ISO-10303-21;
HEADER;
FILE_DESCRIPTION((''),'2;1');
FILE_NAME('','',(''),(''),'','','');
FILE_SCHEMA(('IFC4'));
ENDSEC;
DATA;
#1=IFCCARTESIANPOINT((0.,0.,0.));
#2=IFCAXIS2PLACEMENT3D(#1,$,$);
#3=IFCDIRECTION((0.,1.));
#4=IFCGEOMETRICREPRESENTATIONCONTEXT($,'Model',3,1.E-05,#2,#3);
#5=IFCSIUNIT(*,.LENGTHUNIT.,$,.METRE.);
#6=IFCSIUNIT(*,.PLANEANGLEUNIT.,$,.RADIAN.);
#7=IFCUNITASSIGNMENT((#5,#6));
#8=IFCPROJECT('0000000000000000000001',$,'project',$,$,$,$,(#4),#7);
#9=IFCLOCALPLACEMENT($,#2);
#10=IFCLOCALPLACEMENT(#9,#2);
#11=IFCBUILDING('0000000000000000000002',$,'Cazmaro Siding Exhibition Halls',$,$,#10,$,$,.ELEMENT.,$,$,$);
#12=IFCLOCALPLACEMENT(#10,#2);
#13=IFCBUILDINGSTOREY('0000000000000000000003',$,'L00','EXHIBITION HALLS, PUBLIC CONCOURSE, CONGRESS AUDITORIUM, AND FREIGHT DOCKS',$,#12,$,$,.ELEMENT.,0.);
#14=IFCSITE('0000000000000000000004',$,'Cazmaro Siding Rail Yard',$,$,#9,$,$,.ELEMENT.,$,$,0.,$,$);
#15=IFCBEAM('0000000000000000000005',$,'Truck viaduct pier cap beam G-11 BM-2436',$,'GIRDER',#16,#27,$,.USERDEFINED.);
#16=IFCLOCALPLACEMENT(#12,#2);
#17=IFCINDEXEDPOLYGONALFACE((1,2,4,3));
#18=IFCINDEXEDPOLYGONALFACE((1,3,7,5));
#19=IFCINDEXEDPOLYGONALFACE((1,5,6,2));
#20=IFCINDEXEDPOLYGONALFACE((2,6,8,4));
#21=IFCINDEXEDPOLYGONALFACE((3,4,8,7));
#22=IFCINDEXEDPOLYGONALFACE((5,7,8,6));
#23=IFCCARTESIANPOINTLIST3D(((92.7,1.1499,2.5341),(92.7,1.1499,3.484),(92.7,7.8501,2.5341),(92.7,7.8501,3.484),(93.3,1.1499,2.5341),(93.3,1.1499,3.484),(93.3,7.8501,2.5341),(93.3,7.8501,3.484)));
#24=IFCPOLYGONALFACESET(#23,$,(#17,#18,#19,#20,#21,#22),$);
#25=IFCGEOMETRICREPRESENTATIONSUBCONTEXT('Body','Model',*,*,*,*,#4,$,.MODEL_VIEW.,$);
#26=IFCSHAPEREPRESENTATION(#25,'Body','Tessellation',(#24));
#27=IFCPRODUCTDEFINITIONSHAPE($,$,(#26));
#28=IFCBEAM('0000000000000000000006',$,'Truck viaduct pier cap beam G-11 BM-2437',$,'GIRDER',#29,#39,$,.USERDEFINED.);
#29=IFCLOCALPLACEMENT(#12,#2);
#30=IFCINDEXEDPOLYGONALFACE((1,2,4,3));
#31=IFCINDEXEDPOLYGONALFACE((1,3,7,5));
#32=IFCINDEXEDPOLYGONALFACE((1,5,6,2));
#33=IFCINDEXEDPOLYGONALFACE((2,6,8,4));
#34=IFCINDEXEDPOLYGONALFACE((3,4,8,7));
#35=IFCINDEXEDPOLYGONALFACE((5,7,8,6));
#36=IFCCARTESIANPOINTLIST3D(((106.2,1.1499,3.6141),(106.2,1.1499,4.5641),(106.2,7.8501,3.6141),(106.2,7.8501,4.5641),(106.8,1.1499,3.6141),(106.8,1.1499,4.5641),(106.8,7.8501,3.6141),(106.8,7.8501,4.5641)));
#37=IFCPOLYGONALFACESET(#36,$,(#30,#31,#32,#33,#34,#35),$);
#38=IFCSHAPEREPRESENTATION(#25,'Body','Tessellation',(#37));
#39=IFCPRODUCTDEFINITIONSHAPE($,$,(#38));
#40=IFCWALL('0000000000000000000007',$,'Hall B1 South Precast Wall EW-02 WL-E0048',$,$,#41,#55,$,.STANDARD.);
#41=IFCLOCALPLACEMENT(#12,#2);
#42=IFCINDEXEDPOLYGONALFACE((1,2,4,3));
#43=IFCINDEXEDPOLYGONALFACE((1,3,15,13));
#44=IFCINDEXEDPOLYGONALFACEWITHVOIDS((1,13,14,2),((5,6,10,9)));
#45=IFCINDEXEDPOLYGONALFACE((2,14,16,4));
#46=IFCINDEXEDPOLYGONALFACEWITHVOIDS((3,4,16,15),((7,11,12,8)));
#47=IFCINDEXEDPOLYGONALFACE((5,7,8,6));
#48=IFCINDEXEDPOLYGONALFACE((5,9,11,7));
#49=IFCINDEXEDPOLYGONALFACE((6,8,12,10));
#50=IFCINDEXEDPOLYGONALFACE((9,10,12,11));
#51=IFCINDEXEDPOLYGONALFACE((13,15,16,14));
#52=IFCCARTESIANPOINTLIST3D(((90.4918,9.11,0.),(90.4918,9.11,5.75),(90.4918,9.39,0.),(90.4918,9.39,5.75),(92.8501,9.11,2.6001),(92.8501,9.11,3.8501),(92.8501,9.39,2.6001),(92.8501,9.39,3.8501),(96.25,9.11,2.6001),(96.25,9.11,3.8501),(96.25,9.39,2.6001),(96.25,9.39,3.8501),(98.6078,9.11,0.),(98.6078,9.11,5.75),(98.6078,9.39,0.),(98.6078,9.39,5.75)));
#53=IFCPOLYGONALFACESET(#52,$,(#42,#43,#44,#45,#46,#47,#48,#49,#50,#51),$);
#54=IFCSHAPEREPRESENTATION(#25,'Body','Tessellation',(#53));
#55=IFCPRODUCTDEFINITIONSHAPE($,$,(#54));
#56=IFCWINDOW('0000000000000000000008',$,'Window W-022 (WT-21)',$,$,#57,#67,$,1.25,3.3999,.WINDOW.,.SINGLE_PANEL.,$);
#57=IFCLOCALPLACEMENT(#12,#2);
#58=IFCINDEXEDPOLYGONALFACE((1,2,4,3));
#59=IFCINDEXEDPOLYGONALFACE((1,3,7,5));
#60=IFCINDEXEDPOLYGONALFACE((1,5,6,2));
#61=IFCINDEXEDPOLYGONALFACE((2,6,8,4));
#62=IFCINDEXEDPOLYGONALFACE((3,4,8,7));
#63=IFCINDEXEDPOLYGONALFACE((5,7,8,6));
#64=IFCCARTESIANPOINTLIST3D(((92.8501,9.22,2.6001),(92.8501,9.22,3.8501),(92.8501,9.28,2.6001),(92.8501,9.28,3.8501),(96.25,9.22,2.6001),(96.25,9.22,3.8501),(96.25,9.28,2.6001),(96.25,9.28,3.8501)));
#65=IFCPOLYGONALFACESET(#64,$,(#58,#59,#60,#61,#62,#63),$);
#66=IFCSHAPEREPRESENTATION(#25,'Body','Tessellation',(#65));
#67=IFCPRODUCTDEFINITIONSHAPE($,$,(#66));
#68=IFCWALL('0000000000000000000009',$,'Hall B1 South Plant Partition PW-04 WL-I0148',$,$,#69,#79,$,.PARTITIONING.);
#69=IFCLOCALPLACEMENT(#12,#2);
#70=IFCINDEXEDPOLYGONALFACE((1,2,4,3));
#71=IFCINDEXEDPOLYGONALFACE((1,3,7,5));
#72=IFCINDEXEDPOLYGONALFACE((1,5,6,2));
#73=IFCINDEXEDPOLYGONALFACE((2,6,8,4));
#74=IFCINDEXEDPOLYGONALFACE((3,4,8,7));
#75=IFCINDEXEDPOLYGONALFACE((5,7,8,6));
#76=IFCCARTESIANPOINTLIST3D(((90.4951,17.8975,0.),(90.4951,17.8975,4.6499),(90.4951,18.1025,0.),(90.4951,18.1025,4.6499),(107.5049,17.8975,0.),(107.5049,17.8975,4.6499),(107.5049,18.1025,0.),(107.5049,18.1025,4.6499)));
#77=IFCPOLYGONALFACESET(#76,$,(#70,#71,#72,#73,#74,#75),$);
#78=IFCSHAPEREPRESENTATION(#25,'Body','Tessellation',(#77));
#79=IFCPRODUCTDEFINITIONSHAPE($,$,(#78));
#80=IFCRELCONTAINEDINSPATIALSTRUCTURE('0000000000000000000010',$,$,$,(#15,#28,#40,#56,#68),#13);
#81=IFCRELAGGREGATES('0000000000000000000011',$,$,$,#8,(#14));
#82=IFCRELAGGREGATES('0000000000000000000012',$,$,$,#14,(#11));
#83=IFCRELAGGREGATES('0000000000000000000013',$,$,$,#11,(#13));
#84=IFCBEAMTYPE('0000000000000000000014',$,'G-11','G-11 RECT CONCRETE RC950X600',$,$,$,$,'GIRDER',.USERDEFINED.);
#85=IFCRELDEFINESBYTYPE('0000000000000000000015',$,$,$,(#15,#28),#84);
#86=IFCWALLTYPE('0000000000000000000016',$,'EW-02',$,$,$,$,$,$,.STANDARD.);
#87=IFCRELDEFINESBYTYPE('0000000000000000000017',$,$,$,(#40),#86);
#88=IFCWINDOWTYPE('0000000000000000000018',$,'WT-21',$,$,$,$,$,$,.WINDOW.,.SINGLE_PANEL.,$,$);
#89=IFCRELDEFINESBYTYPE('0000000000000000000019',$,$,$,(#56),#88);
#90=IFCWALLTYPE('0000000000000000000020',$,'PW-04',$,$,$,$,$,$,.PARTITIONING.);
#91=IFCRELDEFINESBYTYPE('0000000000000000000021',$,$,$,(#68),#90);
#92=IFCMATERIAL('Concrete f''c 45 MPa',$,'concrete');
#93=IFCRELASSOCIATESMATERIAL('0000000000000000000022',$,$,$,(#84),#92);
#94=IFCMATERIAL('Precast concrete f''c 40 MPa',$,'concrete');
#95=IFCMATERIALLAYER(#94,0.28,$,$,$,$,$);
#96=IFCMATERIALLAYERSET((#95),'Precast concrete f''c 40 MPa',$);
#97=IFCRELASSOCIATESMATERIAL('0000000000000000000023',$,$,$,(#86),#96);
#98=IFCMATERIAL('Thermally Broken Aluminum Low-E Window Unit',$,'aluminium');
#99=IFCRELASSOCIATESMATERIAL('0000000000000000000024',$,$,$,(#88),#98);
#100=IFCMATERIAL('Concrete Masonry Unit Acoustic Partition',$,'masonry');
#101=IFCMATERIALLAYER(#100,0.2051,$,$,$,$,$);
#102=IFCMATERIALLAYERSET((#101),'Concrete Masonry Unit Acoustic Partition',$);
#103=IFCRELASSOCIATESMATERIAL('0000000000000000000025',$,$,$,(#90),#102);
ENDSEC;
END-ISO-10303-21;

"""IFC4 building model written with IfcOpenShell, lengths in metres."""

from ifc_helpers import new_model, si_unit, direction, frame, frame_2d, origin, origin_2d, place, context, subcontext, project, spatial, rectangle, extrude, material, layer, layer_set, material_profile, profile_set, type_object, element, fill, save


model = new_model("IFC4")

# Units and contexts
model_context = context("Model", 3, precision=1e-05, world=origin(), true_north=direction((0.0, 1.0)))
body_context = subcontext(model_context, "Body", "Model", "MODEL_VIEW")
ifc_project = project(units=[si_unit("LENGTHUNIT", "METRE"), si_unit("PLANEANGLEUNIT", "RADIAN")], contexts=[model_context])

# Site, building, storey
site_placement = place(None, origin())
site = spatial("IfcSite", under=ifc_project, at=site_placement, Name="Cazmaro Siding Rail Yard", CompositionType="ELEMENT", RefElevation=0.0)
building_placement = place(site_placement, origin())
building = spatial("IfcBuilding", under=site, at=building_placement, Name="Cazmaro Siding Exhibition Halls", CompositionType="ELEMENT")
storey_placement = place(building_placement, origin())
storey = spatial("IfcBuildingStorey", under=building, at=storey_placement, Name="L00", Description="EXHIBITION HALLS, PUBLIC CONCOURSE, CONGRESS AUDITORIUM, AND FREIGHT DOCKS", CompositionType="ELEMENT", Elevation=0.0)

# Beams
ifc_material_1 = material(Name="Concrete f'c 45 MPa", Category="concrete")
ifc_material_profile_1 = material_profile(ifc_material_1, rectangle(XDim=0.6001, YDim=0.95, at=origin_2d()), Name="RC950X600")
ifc_profile_set_1 = profile_set([ifc_material_profile_1], Name="Concrete f'c 45 MPa")
beam_type_1 = type_object("IfcBeamType", Name="G-11", Description="G-11 RECT CONCRETE RC950X600", ElementType="GIRDER", PredefinedType="USERDEFINED", material=ifc_profile_set_1)
for number, where, z_axis, x_axis, name in (
    (1, (93.0, 1.1499, 3.009), (0.0, 1.0, 0.0), (-1.0, 0.0, 0.0), "Truck viaduct pier cap beam G-11 BM-2436"),
    (2, (106.5, 1.1499, 4.0891), (0.0, 1.0, 0.0), (-1.0, 0.0, 0.0), "Truck viaduct pier cap beam G-11 BM-2437"),
):
    element("IfcBeam", number, at=place(storey_placement, frame(where, z_axis=z_axis, x_axis=x_axis)), inside=storey, type_object=beam_type_1, Name=name, ObjectType="GIRDER", PredefinedType="USERDEFINED", context=body_context, shape_type="SweptSolid", body=[
        extrude(rectangle(XDim=0.6001, YDim=0.95, at=origin_2d()), origin(), (0.0, 0.0, 1.0), 6.7002),
    ])

# Shared definitions
ifc_material_2 = material(Name="Precast concrete f'c 40 MPa", Category="concrete")
ifc_layer_1 = layer(ifc_material_2, 0.28)
ifc_layer_set_1 = layer_set([ifc_layer_1], Name="Precast concrete f'c 40 MPa")
wall_type_1 = type_object("IfcWallType", Name="EW-02", PredefinedType="STANDARD", material=ifc_layer_set_1)

# Wall, opening, window
wall_1_placement = place(storey_placement, frame((98.6079, 9.25, 0.0), z_axis=(0.0, 0.0, 1.0), x_axis=(-1.0, 0.0, 0.0)))
wall_1 = element("IfcWall", 3, at=wall_1_placement, inside=storey, type_object=wall_type_1, Name="Hall B1 South Precast Wall EW-02 WL-E0048", PredefinedType="STANDARD", context=body_context, shape_type="SweptSolid", body=[
    extrude(rectangle(XDim=8.116, YDim=0.28, at=frame_2d((4.0581, 0.0))), origin(), (0.0, 0.0, 1.0), 5.75),
])
opening_1_placement = place(wall_1_placement, frame((2.3579, 0.0, 2.6001)))
opening_1 = element("IfcOpeningElement", 4, at=opening_1_placement, cuts=wall_1, PredefinedType="OPENING", context=body_context, shape_type="SweptSolid", body=[
    extrude(rectangle(XDim=3.3999, YDim=1.25, at=frame_2d((1.7, 0.625))), frame((0.0, 0.1499, 0.0), z_axis=(0.0, -1.0, 0.0), x_axis=(1.0, 0.0, 0.0)), (0.0, 0.0, 1.0), 0.3),
])
ifc_material_3 = material(Name="Thermally Broken Aluminum Low-E Window Unit", Category="aluminium")
window_type = type_object("IfcWindowType", Name="WT-21", PartitioningType="SINGLE_PANEL", PredefinedType="WINDOW", material=ifc_material_3)
window_placement = place(opening_1_placement, origin())
window = element("IfcWindow", 5, at=window_placement, inside=storey, type_object=window_type, Name="Window W-022 (WT-21)", OverallHeight=1.25, OverallWidth=3.3999, PartitioningType="SINGLE_PANEL", PredefinedType="WINDOW", context=body_context, shape_type="SweptSolid", body=[
    extrude(rectangle(XDim=3.3999, YDim=1.25, at=frame_2d((1.7, 0.625))), frame((0.0, 0.03, 0.0), z_axis=(0.0, -1.0, 0.0), x_axis=(1.0, 0.0, 0.0)), (0.0, 0.0, 1.0), 0.0601),
])
fill(opening_1, window)

# Wall
ifc_material_4 = material(Name="Concrete Masonry Unit Acoustic Partition", Category="masonry")
ifc_layer_2 = layer(ifc_material_4, 0.2051)
ifc_layer_set_2 = layer_set([ifc_layer_2], Name="Concrete Masonry Unit Acoustic Partition")
wall_type_2 = type_object("IfcWallType", Name="PW-04", PredefinedType="PARTITIONING", material=ifc_layer_set_2)
wall_2_placement = place(storey_placement, frame((90.4951, 18.0, 0.0), z_axis=(0.0, 0.0, 1.0), x_axis=(1.0, 0.0, 0.0)))
element("IfcWall", 6, at=wall_2_placement, inside=storey, type_object=wall_type_2, Name="Hall B1 South Plant Partition PW-04 WL-I0148", PredefinedType="PARTITIONING", context=body_context, shape_type="SweptSolid", body=[
    extrude(rectangle(XDim=17.0098, YDim=0.2051, at=frame_2d((8.5049, 0.0))), origin(), (0.0, 0.0, 1.0), 4.6499),
])

save(model, "model.ifc")
